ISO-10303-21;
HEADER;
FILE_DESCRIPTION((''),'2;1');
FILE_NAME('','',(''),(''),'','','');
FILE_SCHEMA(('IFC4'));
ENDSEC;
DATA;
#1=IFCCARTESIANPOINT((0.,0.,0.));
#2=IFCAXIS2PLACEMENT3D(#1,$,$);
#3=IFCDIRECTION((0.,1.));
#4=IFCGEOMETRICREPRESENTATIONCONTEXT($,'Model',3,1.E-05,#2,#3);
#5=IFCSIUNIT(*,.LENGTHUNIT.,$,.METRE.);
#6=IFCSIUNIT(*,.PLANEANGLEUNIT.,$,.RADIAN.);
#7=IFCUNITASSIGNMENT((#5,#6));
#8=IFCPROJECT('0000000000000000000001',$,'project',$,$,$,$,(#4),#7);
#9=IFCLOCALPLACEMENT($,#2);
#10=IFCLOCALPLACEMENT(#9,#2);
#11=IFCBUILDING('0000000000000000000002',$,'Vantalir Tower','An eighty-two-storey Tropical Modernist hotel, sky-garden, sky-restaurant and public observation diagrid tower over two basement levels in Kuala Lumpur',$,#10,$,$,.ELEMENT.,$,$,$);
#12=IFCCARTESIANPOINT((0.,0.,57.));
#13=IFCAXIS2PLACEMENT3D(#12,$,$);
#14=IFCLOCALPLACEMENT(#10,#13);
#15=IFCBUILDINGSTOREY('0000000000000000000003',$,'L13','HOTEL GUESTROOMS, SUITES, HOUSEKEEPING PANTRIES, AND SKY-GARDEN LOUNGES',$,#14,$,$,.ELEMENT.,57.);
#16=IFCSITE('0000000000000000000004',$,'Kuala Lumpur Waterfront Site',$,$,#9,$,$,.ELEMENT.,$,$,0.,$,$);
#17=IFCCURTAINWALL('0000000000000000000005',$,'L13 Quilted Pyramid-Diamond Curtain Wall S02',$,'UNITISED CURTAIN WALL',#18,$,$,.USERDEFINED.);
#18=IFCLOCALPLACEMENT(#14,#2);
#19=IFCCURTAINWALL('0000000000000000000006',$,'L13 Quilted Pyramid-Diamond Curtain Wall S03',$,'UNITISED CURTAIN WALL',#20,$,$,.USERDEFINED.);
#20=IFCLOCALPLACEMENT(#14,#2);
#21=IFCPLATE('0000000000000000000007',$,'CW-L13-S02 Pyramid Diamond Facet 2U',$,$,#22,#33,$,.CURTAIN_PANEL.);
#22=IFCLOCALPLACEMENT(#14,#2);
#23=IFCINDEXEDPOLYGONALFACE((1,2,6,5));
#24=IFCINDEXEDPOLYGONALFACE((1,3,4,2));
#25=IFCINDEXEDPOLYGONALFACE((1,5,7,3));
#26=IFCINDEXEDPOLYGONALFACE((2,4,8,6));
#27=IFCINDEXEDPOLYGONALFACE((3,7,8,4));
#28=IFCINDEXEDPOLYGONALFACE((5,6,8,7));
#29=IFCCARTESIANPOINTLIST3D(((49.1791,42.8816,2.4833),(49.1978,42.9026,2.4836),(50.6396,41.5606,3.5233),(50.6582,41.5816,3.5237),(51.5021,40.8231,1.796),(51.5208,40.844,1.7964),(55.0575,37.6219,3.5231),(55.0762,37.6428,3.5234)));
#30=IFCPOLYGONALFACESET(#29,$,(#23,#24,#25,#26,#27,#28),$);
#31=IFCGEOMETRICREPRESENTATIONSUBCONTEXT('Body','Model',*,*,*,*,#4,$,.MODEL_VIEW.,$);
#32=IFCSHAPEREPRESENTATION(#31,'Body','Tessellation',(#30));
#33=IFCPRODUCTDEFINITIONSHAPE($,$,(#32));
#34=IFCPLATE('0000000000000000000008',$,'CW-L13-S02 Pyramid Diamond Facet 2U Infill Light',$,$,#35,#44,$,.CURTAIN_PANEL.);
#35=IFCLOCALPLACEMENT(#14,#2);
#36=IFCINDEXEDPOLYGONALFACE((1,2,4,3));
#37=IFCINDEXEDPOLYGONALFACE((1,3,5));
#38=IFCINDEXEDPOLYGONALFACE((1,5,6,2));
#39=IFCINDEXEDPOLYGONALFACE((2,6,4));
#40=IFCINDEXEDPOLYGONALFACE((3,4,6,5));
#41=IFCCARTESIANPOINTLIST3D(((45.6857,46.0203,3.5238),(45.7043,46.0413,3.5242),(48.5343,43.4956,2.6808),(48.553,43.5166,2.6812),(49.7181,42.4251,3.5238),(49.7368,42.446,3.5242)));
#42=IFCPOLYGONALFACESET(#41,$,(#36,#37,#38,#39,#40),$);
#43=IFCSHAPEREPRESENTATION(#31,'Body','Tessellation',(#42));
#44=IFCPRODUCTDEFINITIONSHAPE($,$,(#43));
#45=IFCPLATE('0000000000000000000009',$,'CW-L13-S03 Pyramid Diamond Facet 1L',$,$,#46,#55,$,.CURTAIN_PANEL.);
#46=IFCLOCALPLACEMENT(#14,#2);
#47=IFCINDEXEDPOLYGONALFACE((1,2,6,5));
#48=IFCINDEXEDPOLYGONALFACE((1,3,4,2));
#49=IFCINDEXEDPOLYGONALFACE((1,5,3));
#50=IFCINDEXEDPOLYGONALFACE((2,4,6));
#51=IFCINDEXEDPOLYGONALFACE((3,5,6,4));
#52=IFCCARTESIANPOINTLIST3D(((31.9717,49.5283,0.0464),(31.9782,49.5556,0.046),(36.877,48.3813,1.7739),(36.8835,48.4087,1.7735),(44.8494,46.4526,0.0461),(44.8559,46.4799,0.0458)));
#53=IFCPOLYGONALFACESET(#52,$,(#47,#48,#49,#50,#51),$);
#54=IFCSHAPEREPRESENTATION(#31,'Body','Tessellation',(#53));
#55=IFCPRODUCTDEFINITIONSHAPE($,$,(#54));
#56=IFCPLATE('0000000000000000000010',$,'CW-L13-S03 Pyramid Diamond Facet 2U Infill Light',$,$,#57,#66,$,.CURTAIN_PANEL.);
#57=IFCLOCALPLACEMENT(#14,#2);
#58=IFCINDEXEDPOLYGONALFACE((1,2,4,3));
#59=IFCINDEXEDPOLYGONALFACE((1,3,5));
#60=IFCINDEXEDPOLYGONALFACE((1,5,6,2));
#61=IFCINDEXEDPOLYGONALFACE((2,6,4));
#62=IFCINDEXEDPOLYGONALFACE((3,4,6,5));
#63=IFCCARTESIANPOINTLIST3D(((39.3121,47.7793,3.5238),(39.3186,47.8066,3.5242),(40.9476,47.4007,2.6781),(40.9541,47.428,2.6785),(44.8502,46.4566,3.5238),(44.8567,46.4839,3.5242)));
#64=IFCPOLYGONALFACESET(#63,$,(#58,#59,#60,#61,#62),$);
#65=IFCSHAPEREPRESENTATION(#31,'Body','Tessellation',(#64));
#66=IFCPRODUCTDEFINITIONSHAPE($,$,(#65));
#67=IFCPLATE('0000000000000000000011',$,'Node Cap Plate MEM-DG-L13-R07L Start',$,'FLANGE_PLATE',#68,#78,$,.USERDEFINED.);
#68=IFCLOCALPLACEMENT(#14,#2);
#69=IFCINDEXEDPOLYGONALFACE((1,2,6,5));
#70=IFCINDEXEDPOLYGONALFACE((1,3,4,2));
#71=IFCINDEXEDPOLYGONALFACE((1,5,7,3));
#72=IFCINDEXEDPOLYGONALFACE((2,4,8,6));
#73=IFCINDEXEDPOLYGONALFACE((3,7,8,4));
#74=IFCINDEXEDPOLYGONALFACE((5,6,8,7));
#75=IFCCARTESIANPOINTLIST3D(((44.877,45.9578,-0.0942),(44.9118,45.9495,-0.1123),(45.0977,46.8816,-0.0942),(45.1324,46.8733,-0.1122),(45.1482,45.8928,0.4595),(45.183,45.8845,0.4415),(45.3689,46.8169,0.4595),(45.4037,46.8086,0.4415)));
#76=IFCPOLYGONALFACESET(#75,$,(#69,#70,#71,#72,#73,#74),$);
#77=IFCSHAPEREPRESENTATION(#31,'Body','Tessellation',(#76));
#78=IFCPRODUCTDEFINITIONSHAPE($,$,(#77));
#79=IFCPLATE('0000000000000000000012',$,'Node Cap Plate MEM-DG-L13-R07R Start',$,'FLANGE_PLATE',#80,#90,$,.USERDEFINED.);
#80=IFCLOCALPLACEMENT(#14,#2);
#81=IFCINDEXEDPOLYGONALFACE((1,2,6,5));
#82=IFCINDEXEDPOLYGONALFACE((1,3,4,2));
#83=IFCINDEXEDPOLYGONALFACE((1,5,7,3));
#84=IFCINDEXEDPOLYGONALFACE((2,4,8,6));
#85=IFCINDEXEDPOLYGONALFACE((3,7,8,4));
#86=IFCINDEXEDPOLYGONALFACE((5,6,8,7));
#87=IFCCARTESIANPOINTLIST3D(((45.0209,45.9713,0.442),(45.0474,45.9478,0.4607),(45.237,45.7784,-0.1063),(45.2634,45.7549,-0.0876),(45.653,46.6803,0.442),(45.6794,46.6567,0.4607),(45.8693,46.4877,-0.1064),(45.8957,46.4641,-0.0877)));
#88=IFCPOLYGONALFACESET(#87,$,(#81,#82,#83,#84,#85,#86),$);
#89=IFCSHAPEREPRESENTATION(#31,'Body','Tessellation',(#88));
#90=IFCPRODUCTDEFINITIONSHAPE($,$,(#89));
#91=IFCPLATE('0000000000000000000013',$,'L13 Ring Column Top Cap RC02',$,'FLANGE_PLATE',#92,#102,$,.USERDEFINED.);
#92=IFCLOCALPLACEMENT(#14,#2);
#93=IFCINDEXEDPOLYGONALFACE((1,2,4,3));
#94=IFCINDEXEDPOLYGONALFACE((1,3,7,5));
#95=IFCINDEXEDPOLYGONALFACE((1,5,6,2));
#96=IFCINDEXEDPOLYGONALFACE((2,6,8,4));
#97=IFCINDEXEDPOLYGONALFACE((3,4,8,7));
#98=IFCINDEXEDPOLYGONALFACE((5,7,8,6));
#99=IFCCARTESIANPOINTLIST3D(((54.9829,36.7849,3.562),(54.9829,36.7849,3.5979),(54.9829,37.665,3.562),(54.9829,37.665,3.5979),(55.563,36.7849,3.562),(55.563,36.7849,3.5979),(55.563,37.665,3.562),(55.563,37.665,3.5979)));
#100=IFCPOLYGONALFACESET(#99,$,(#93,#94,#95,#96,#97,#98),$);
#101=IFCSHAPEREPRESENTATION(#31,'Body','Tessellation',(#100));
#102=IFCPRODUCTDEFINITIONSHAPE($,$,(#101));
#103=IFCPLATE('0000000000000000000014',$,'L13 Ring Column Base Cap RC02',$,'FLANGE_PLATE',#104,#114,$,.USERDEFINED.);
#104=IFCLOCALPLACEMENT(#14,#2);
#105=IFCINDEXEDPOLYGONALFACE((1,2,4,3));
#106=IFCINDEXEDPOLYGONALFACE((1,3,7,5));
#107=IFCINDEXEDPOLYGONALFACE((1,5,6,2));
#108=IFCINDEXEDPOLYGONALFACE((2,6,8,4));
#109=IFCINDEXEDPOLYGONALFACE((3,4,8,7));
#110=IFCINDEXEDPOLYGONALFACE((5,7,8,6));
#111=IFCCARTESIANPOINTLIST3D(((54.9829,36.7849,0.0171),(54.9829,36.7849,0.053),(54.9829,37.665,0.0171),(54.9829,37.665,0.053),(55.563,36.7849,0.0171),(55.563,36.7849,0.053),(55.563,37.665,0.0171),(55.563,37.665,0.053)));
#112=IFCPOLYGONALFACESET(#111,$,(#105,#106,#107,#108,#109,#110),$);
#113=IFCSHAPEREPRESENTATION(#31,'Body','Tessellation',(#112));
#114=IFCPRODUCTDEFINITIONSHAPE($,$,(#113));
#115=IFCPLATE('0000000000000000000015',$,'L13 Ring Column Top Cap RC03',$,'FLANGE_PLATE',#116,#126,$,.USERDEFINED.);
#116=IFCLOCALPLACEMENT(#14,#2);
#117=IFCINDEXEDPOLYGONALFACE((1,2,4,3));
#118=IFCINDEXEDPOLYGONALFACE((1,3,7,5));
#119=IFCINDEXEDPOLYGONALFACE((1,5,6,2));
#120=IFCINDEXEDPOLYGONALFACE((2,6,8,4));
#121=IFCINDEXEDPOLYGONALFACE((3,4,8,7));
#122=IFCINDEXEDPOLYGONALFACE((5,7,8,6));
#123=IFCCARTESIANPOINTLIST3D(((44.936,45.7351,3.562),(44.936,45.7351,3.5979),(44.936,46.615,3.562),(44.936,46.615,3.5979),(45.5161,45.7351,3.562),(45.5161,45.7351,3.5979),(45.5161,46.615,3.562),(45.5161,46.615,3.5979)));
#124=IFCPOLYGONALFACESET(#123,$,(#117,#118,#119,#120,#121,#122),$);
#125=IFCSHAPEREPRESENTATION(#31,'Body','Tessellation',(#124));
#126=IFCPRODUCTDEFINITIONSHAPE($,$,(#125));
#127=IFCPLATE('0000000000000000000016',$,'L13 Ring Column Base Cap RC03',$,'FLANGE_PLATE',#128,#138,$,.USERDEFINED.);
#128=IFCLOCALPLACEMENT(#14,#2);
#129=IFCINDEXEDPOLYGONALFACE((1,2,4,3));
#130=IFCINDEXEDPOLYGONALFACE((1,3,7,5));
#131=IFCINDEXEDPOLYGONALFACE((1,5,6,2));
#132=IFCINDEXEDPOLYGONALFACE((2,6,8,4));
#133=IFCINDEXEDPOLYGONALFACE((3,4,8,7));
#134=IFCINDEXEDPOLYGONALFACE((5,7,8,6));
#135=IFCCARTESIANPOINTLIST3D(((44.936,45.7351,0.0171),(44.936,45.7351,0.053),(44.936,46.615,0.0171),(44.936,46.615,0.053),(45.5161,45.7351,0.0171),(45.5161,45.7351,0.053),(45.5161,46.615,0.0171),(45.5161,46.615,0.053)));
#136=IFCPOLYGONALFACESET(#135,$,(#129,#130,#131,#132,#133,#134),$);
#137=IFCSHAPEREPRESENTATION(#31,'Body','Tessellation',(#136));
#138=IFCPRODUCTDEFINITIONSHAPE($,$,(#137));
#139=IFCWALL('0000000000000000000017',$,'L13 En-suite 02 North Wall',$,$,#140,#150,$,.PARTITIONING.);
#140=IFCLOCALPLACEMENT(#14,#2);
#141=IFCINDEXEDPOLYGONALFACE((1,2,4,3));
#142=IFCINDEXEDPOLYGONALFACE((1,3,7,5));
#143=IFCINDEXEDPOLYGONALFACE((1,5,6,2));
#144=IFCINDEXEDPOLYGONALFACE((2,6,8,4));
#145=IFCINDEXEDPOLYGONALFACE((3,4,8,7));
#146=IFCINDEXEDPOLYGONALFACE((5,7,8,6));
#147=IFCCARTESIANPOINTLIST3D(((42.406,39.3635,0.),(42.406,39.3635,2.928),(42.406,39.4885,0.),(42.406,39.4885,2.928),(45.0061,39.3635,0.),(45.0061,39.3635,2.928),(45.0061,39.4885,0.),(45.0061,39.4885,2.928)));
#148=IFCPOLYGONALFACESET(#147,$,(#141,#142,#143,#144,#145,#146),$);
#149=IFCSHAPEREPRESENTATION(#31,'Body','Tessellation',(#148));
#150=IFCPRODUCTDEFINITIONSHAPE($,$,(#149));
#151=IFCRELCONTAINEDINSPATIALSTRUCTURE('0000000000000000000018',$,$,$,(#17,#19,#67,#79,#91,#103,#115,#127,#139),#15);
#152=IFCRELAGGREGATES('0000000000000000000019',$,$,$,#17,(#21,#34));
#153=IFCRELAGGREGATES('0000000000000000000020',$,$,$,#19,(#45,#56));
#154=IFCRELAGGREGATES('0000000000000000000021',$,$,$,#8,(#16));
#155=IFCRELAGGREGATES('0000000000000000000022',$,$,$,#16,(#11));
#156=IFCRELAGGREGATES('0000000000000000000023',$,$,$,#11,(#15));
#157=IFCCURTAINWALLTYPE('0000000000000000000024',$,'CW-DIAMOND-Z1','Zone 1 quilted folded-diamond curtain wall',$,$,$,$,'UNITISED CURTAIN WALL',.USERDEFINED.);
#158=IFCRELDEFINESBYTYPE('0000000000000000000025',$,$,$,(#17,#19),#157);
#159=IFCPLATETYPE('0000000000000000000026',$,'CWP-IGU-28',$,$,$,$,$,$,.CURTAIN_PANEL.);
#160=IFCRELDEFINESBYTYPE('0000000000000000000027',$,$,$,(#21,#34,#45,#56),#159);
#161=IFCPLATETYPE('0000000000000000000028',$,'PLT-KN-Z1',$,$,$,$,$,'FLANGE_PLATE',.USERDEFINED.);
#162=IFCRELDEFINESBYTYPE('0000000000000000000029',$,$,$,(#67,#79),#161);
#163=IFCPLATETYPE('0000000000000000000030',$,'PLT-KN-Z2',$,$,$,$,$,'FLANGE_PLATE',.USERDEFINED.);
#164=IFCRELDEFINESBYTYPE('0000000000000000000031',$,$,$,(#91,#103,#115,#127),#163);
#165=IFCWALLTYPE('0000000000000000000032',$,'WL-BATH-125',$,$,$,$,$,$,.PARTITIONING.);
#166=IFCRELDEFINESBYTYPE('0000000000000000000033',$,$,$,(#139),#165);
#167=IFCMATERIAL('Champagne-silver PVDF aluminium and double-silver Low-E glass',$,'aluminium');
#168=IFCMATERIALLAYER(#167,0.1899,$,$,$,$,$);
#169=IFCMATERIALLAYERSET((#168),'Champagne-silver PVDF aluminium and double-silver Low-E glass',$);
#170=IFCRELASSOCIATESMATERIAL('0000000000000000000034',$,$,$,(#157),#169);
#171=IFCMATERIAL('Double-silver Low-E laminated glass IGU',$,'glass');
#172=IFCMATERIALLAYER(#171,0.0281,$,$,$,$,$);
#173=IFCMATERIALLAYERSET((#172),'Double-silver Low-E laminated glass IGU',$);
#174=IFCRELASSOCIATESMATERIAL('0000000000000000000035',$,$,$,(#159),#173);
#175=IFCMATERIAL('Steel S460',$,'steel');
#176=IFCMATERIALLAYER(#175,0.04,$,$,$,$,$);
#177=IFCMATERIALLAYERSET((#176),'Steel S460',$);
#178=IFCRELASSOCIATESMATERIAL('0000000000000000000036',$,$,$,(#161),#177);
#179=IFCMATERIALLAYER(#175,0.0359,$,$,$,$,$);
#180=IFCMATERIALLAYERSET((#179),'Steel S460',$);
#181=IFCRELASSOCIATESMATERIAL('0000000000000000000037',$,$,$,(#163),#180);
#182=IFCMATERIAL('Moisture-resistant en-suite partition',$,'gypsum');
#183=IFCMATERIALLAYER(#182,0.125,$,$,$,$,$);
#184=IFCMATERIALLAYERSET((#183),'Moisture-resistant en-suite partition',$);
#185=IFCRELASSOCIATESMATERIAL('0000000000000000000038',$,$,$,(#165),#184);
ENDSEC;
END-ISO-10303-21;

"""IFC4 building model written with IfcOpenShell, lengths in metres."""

from ifc_helpers import new_model, si_unit, direction, frame, frame_2d, origin, place, context, subcontext, project, spatial, polyline, rectangle, outline, extrude, material, layer, layer_set, type_object, element, aggregate, save


model = new_model("IFC4")

# Units and contexts
model_context = context("Model", 3, precision=1e-05, world=origin(), true_north=direction((0.0, 1.0)))
body_context = subcontext(model_context, "Body", "Model", "MODEL_VIEW")
ifc_project = project(units=[si_unit("LENGTHUNIT", "METRE"), si_unit("PLANEANGLEUNIT", "RADIAN")], contexts=[model_context])

# Site, building, storey
site_placement = place(None, origin())
site = spatial("IfcSite", under=ifc_project, at=site_placement, Name="Kuala Lumpur Waterfront Site", CompositionType="ELEMENT", RefElevation=0.0)
building_placement = place(site_placement, origin())
building = spatial("IfcBuilding", under=site, at=building_placement, Name="Vantalir Tower", Description="An eighty-two-storey Tropical Modernist hotel, sky-garden, sky-restaurant and public observation diagrid tower over two basement levels in Kuala Lumpur", CompositionType="ELEMENT")
storey_placement = place(building_placement, frame((0.0, 0.0, 57.0)))
storey = spatial("IfcBuildingStorey", under=building, at=storey_placement, Name="L13", Description="HOTEL GUESTROOMS, SUITES, HOUSEKEEPING PANTRIES, AND SKY-GARDEN LOUNGES", CompositionType="ELEMENT", Elevation=57.0)

# Shared definitions
ifc_material_1 = material(Name="Steel S460", Category="steel")

# Curtain wall
ifc_material_2 = material(Name="Champagne-silver PVDF aluminium and double-silver Low-E glass", Category="aluminium")
ifc_layer_1 = layer(ifc_material_2, 0.1899)
ifc_layer_set_1 = layer_set([ifc_layer_1], Name="Champagne-silver PVDF aluminium and double-silver Low-E glass")
curtain_wall_type = type_object("IfcCurtainWallType", Name="CW-DIAMOND-Z1", Description="Zone 1 quilted folded-diamond curtain wall", ElementType="UNITISED CURTAIN WALL", PredefinedType="USERDEFINED", material=ifc_layer_set_1)
curtain_wall_1_placement = place(storey_placement, origin())
curtain_wall_1 = element("IfcCurtainWall", 1, at=curtain_wall_1_placement, inside=storey, type_object=curtain_wall_type, Name="L13 Quilted Pyramid-Diamond Curtain Wall S02", ObjectType="UNITISED CURTAIN WALL", PredefinedType="USERDEFINED")

# Curtain wall
curtain_wall_2_placement = place(storey_placement, origin())
curtain_wall_2 = element("IfcCurtainWall", 2, at=curtain_wall_2_placement, inside=storey, type_object=curtain_wall_type, Name="L13 Quilted Pyramid-Diamond Curtain Wall S03", ObjectType="UNITISED CURTAIN WALL", PredefinedType="USERDEFINED")

# Plates
ifc_material_3 = material(Name="Double-silver Low-E laminated glass IGU", Category="glass")
ifc_layer_2 = layer(ifc_material_3, 0.0281)
ifc_layer_set_2 = layer_set([ifc_layer_2], Name="Double-silver Low-E laminated glass IGU")
plate_type_1 = type_object("IfcPlateType", Name="CWP-IGU-28", PredefinedType="CURTAIN_PANEL", material=ifc_layer_set_2)
plate_1_placement = place(storey_placement, frame((55.0762, 37.6428, 3.5234), z_axis=(0.665406, 0.746358, 0.013588), x_axis=(-0.746427, 0.665467, 0.000041)))
plate_1 = element("IfcPlate", 3, at=plate_1_placement, type_object=plate_type_1, Name="CW-L13-S02 Pyramid Diamond Facet 2U", PredefinedType="CURTAIN_PANEL", context=body_context, shape_type="SweptSolid", body=[
    extrude(outline(polyline([(0.0, 0.0), (5.9188, 0.0), (7.888, -1.0402), (4.7841, -1.7274), (0.0, 0.0)])), origin(), (0.0, 0.0, -1.0), 0.0281),
])
plate_2_placement = place(storey_placement, frame((49.7368, 42.446, 3.5242), z_axis=(0.66542, 0.74635, 0.013357), x_axis=(-0.746416, 0.665479, 0.0)))
plate_2 = element("IfcPlate", 4, at=plate_2_placement, type_object=plate_type_1, Name="CW-L13-S02 Pyramid Diamond Facet 2U Infill Light", PredefinedType="CURTAIN_PANEL", context=body_context, shape_type="SweptSolid", body=[
    extrude(outline(polyline([(0.0, 0.0), (5.4024, 0.0), (1.5961, -0.8431), (0.0, 0.0)])), origin(), (0.0, 0.0, -1.0), 0.0281),
])
aggregate(curtain_wall_1, [plate_1, plate_2])
plate_3_placement = place(storey_placement, frame((44.8494, 46.4526, 0.0461), z_axis=(-0.232282, -0.97255, 0.013845), x_axis=(-0.972643, 0.232304, 0.000018)))
plate_3 = element("IfcPlate", 5, at=plate_3_placement, type_object=plate_type_1, Name="CW-L13-S03 Pyramid Diamond Facet 1L", PredefinedType="CURTAIN_PANEL", context=body_context, shape_type="SweptSolid", body=[
    extrude(outline(polyline([(0.0, 0.0), (13.2399, 0.0), (8.2024, -1.7278), (0.0, 0.0)])), origin(), (0.0, 0.0, -1.0), 0.0281),
])
plate_4_placement = place(storey_placement, frame((44.8567, 46.4839, 3.5242), z_axis=(0.23229, 0.972549, 0.013767), x_axis=(-0.972641, 0.232312, 0.0)))
plate_4 = element("IfcPlate", 6, at=plate_4_placement, type_object=plate_type_1, Name="CW-L13-S03 Pyramid Diamond Facet 2U Infill Light", PredefinedType="CURTAIN_PANEL", context=body_context, shape_type="SweptSolid", body=[
    extrude(outline(polyline([(0.0, 0.0), (5.6939, 0.0), (4.0151, -0.8458), (0.0, 0.0)])), origin(), (0.0, 0.0, -1.0), 0.0281),
])
aggregate(curtain_wall_2, [plate_3, plate_4])

# Plates
ifc_layer_3 = layer(ifc_material_1, 0.04)
ifc_layer_set_3 = layer_set([ifc_layer_3], Name="Steel S460")
plate_type_2 = type_object("IfcPlateType", Name="PLT-KN-Z1", ElementType="FLANGE_PLATE", PredefinedType="USERDEFINED", material=ifc_layer_set_3)
plate_5_placement = place(storey_placement, frame((45.0977, 46.8816, -0.0942), z_axis=(-0.86868, 0.207501, 0.449821), x_axis=(-0.232339, -0.972635, -0.000012)))
element("IfcPlate", 7, at=plate_5_placement, inside=storey, type_object=plate_type_2, Name="Node Cap Plate MEM-DG-L13-R07L Start", ObjectType="FLANGE_PLATE", PredefinedType="USERDEFINED", context=body_context, shape_type="SweptSolid", body=[
    extrude(outline(polyline([(0.0, 0.0), (0.9498, 0.0), (0.95, 0.62), (-0.0001, 0.62), (0.0, 0.0)])), origin(), (0.0, 0.0, -1.0), 0.04),
])
plate_6_placement = place(storey_placement, frame((45.2634, 45.7549, -0.0876), z_axis=(0.660009, -0.588429, 0.467054), x_axis=(0.665473, 0.746422, -0.000004)))
element("IfcPlate", 8, at=plate_6_placement, inside=storey, type_object=plate_type_2, Name="Node Cap Plate MEM-DG-L13-R07R Start", ObjectType="FLANGE_PLATE", PredefinedType="USERDEFINED", context=body_context, shape_type="SweptSolid", body=[
    extrude(outline(polyline([(0.0, 0.0), (0.9502, 0.0), (0.95, 0.6201), (0.0002, 0.6201), (0.0, 0.0)])), origin(), (0.0, 0.0, -1.0), 0.04),
])
ifc_layer_4 = layer(ifc_material_1, 0.0359)
ifc_layer_set_4 = layer_set([ifc_layer_4], Name="Steel S460")
plate_type_3 = type_object("IfcPlateType", Name="PLT-KN-Z2", ElementType="FLANGE_PLATE", PredefinedType="USERDEFINED", material=ifc_layer_set_4)
for number, where, z_axis, x_axis, name in (
    (9, (54.9829, 37.665, 3.5979), (0.0, 0.0, 1.0), (0.0, -1.0, 0.0), "L13 Ring Column Top Cap RC02"),
    (10, (54.9829, 37.665, 0.053), (0.0, 0.0, 1.0), (0.0, -1.0, 0.0), "L13 Ring Column Base Cap RC02"),
):
    element("IfcPlate", number, at=place(storey_placement, frame(where, z_axis=z_axis, x_axis=x_axis)), inside=storey, type_object=plate_type_3, Name=name, ObjectType="FLANGE_PLATE", PredefinedType="USERDEFINED", context=body_context, shape_type="SweptSolid", body=[
        extrude(outline(polyline([(0.0, 0.0), (0.8801, 0.0), (0.8801, 0.5801), (0.0, 0.5801), (0.0, 0.0)])), origin(), (0.0, 0.0, -1.0), 0.0359),
    ])
for number, where, z_axis, x_axis, name in (
    (11, (44.936, 46.615, 3.5979), (0.0, 0.0, 1.0), (0.0, -1.0, 0.0), "L13 Ring Column Top Cap RC03"),
    (12, (44.936, 46.615, 0.053), (0.0, 0.0, 1.0), (0.0, -1.0, 0.0), "L13 Ring Column Base Cap RC03"),
):
    element("IfcPlate", number, at=place(storey_placement, frame(where, z_axis=z_axis, x_axis=x_axis)), inside=storey, type_object=plate_type_3, Name=name, ObjectType="FLANGE_PLATE", PredefinedType="USERDEFINED", context=body_context, shape_type="SweptSolid", body=[
        extrude(outline(polyline([(0.0, 0.0), (0.8799, 0.0), (0.8799, 0.5801), (0.0, 0.5801), (0.0, 0.0)])), origin(), (0.0, 0.0, -1.0), 0.0359),
    ])

# Wall
ifc_material_4 = material(Name="Moisture-resistant en-suite partition", Category="gypsum")
ifc_layer_5 = layer(ifc_material_4, 0.125)
ifc_layer_set_5 = layer_set([ifc_layer_5], Name="Moisture-resistant en-suite partition")
wall_type = type_object("IfcWallType", Name="WL-BATH-125", PredefinedType="PARTITIONING", material=ifc_layer_set_5)
wall_placement = place(storey_placement, frame((42.406, 39.426, 0.0), z_axis=(0.0, 0.0, 1.0), x_axis=(1.0, 0.0, 0.0)))
element("IfcWall", 13, at=wall_placement, inside=storey, type_object=wall_type, Name="L13 En-suite 02 North Wall", PredefinedType="PARTITIONING", context=body_context, shape_type="SweptSolid", body=[
    extrude(rectangle(XDim=2.6001, YDim=0.125, at=frame_2d((1.3, 0.0))), origin(), (0.0, 0.0, 1.0), 2.928),
])

save(model, "model.ifc")
